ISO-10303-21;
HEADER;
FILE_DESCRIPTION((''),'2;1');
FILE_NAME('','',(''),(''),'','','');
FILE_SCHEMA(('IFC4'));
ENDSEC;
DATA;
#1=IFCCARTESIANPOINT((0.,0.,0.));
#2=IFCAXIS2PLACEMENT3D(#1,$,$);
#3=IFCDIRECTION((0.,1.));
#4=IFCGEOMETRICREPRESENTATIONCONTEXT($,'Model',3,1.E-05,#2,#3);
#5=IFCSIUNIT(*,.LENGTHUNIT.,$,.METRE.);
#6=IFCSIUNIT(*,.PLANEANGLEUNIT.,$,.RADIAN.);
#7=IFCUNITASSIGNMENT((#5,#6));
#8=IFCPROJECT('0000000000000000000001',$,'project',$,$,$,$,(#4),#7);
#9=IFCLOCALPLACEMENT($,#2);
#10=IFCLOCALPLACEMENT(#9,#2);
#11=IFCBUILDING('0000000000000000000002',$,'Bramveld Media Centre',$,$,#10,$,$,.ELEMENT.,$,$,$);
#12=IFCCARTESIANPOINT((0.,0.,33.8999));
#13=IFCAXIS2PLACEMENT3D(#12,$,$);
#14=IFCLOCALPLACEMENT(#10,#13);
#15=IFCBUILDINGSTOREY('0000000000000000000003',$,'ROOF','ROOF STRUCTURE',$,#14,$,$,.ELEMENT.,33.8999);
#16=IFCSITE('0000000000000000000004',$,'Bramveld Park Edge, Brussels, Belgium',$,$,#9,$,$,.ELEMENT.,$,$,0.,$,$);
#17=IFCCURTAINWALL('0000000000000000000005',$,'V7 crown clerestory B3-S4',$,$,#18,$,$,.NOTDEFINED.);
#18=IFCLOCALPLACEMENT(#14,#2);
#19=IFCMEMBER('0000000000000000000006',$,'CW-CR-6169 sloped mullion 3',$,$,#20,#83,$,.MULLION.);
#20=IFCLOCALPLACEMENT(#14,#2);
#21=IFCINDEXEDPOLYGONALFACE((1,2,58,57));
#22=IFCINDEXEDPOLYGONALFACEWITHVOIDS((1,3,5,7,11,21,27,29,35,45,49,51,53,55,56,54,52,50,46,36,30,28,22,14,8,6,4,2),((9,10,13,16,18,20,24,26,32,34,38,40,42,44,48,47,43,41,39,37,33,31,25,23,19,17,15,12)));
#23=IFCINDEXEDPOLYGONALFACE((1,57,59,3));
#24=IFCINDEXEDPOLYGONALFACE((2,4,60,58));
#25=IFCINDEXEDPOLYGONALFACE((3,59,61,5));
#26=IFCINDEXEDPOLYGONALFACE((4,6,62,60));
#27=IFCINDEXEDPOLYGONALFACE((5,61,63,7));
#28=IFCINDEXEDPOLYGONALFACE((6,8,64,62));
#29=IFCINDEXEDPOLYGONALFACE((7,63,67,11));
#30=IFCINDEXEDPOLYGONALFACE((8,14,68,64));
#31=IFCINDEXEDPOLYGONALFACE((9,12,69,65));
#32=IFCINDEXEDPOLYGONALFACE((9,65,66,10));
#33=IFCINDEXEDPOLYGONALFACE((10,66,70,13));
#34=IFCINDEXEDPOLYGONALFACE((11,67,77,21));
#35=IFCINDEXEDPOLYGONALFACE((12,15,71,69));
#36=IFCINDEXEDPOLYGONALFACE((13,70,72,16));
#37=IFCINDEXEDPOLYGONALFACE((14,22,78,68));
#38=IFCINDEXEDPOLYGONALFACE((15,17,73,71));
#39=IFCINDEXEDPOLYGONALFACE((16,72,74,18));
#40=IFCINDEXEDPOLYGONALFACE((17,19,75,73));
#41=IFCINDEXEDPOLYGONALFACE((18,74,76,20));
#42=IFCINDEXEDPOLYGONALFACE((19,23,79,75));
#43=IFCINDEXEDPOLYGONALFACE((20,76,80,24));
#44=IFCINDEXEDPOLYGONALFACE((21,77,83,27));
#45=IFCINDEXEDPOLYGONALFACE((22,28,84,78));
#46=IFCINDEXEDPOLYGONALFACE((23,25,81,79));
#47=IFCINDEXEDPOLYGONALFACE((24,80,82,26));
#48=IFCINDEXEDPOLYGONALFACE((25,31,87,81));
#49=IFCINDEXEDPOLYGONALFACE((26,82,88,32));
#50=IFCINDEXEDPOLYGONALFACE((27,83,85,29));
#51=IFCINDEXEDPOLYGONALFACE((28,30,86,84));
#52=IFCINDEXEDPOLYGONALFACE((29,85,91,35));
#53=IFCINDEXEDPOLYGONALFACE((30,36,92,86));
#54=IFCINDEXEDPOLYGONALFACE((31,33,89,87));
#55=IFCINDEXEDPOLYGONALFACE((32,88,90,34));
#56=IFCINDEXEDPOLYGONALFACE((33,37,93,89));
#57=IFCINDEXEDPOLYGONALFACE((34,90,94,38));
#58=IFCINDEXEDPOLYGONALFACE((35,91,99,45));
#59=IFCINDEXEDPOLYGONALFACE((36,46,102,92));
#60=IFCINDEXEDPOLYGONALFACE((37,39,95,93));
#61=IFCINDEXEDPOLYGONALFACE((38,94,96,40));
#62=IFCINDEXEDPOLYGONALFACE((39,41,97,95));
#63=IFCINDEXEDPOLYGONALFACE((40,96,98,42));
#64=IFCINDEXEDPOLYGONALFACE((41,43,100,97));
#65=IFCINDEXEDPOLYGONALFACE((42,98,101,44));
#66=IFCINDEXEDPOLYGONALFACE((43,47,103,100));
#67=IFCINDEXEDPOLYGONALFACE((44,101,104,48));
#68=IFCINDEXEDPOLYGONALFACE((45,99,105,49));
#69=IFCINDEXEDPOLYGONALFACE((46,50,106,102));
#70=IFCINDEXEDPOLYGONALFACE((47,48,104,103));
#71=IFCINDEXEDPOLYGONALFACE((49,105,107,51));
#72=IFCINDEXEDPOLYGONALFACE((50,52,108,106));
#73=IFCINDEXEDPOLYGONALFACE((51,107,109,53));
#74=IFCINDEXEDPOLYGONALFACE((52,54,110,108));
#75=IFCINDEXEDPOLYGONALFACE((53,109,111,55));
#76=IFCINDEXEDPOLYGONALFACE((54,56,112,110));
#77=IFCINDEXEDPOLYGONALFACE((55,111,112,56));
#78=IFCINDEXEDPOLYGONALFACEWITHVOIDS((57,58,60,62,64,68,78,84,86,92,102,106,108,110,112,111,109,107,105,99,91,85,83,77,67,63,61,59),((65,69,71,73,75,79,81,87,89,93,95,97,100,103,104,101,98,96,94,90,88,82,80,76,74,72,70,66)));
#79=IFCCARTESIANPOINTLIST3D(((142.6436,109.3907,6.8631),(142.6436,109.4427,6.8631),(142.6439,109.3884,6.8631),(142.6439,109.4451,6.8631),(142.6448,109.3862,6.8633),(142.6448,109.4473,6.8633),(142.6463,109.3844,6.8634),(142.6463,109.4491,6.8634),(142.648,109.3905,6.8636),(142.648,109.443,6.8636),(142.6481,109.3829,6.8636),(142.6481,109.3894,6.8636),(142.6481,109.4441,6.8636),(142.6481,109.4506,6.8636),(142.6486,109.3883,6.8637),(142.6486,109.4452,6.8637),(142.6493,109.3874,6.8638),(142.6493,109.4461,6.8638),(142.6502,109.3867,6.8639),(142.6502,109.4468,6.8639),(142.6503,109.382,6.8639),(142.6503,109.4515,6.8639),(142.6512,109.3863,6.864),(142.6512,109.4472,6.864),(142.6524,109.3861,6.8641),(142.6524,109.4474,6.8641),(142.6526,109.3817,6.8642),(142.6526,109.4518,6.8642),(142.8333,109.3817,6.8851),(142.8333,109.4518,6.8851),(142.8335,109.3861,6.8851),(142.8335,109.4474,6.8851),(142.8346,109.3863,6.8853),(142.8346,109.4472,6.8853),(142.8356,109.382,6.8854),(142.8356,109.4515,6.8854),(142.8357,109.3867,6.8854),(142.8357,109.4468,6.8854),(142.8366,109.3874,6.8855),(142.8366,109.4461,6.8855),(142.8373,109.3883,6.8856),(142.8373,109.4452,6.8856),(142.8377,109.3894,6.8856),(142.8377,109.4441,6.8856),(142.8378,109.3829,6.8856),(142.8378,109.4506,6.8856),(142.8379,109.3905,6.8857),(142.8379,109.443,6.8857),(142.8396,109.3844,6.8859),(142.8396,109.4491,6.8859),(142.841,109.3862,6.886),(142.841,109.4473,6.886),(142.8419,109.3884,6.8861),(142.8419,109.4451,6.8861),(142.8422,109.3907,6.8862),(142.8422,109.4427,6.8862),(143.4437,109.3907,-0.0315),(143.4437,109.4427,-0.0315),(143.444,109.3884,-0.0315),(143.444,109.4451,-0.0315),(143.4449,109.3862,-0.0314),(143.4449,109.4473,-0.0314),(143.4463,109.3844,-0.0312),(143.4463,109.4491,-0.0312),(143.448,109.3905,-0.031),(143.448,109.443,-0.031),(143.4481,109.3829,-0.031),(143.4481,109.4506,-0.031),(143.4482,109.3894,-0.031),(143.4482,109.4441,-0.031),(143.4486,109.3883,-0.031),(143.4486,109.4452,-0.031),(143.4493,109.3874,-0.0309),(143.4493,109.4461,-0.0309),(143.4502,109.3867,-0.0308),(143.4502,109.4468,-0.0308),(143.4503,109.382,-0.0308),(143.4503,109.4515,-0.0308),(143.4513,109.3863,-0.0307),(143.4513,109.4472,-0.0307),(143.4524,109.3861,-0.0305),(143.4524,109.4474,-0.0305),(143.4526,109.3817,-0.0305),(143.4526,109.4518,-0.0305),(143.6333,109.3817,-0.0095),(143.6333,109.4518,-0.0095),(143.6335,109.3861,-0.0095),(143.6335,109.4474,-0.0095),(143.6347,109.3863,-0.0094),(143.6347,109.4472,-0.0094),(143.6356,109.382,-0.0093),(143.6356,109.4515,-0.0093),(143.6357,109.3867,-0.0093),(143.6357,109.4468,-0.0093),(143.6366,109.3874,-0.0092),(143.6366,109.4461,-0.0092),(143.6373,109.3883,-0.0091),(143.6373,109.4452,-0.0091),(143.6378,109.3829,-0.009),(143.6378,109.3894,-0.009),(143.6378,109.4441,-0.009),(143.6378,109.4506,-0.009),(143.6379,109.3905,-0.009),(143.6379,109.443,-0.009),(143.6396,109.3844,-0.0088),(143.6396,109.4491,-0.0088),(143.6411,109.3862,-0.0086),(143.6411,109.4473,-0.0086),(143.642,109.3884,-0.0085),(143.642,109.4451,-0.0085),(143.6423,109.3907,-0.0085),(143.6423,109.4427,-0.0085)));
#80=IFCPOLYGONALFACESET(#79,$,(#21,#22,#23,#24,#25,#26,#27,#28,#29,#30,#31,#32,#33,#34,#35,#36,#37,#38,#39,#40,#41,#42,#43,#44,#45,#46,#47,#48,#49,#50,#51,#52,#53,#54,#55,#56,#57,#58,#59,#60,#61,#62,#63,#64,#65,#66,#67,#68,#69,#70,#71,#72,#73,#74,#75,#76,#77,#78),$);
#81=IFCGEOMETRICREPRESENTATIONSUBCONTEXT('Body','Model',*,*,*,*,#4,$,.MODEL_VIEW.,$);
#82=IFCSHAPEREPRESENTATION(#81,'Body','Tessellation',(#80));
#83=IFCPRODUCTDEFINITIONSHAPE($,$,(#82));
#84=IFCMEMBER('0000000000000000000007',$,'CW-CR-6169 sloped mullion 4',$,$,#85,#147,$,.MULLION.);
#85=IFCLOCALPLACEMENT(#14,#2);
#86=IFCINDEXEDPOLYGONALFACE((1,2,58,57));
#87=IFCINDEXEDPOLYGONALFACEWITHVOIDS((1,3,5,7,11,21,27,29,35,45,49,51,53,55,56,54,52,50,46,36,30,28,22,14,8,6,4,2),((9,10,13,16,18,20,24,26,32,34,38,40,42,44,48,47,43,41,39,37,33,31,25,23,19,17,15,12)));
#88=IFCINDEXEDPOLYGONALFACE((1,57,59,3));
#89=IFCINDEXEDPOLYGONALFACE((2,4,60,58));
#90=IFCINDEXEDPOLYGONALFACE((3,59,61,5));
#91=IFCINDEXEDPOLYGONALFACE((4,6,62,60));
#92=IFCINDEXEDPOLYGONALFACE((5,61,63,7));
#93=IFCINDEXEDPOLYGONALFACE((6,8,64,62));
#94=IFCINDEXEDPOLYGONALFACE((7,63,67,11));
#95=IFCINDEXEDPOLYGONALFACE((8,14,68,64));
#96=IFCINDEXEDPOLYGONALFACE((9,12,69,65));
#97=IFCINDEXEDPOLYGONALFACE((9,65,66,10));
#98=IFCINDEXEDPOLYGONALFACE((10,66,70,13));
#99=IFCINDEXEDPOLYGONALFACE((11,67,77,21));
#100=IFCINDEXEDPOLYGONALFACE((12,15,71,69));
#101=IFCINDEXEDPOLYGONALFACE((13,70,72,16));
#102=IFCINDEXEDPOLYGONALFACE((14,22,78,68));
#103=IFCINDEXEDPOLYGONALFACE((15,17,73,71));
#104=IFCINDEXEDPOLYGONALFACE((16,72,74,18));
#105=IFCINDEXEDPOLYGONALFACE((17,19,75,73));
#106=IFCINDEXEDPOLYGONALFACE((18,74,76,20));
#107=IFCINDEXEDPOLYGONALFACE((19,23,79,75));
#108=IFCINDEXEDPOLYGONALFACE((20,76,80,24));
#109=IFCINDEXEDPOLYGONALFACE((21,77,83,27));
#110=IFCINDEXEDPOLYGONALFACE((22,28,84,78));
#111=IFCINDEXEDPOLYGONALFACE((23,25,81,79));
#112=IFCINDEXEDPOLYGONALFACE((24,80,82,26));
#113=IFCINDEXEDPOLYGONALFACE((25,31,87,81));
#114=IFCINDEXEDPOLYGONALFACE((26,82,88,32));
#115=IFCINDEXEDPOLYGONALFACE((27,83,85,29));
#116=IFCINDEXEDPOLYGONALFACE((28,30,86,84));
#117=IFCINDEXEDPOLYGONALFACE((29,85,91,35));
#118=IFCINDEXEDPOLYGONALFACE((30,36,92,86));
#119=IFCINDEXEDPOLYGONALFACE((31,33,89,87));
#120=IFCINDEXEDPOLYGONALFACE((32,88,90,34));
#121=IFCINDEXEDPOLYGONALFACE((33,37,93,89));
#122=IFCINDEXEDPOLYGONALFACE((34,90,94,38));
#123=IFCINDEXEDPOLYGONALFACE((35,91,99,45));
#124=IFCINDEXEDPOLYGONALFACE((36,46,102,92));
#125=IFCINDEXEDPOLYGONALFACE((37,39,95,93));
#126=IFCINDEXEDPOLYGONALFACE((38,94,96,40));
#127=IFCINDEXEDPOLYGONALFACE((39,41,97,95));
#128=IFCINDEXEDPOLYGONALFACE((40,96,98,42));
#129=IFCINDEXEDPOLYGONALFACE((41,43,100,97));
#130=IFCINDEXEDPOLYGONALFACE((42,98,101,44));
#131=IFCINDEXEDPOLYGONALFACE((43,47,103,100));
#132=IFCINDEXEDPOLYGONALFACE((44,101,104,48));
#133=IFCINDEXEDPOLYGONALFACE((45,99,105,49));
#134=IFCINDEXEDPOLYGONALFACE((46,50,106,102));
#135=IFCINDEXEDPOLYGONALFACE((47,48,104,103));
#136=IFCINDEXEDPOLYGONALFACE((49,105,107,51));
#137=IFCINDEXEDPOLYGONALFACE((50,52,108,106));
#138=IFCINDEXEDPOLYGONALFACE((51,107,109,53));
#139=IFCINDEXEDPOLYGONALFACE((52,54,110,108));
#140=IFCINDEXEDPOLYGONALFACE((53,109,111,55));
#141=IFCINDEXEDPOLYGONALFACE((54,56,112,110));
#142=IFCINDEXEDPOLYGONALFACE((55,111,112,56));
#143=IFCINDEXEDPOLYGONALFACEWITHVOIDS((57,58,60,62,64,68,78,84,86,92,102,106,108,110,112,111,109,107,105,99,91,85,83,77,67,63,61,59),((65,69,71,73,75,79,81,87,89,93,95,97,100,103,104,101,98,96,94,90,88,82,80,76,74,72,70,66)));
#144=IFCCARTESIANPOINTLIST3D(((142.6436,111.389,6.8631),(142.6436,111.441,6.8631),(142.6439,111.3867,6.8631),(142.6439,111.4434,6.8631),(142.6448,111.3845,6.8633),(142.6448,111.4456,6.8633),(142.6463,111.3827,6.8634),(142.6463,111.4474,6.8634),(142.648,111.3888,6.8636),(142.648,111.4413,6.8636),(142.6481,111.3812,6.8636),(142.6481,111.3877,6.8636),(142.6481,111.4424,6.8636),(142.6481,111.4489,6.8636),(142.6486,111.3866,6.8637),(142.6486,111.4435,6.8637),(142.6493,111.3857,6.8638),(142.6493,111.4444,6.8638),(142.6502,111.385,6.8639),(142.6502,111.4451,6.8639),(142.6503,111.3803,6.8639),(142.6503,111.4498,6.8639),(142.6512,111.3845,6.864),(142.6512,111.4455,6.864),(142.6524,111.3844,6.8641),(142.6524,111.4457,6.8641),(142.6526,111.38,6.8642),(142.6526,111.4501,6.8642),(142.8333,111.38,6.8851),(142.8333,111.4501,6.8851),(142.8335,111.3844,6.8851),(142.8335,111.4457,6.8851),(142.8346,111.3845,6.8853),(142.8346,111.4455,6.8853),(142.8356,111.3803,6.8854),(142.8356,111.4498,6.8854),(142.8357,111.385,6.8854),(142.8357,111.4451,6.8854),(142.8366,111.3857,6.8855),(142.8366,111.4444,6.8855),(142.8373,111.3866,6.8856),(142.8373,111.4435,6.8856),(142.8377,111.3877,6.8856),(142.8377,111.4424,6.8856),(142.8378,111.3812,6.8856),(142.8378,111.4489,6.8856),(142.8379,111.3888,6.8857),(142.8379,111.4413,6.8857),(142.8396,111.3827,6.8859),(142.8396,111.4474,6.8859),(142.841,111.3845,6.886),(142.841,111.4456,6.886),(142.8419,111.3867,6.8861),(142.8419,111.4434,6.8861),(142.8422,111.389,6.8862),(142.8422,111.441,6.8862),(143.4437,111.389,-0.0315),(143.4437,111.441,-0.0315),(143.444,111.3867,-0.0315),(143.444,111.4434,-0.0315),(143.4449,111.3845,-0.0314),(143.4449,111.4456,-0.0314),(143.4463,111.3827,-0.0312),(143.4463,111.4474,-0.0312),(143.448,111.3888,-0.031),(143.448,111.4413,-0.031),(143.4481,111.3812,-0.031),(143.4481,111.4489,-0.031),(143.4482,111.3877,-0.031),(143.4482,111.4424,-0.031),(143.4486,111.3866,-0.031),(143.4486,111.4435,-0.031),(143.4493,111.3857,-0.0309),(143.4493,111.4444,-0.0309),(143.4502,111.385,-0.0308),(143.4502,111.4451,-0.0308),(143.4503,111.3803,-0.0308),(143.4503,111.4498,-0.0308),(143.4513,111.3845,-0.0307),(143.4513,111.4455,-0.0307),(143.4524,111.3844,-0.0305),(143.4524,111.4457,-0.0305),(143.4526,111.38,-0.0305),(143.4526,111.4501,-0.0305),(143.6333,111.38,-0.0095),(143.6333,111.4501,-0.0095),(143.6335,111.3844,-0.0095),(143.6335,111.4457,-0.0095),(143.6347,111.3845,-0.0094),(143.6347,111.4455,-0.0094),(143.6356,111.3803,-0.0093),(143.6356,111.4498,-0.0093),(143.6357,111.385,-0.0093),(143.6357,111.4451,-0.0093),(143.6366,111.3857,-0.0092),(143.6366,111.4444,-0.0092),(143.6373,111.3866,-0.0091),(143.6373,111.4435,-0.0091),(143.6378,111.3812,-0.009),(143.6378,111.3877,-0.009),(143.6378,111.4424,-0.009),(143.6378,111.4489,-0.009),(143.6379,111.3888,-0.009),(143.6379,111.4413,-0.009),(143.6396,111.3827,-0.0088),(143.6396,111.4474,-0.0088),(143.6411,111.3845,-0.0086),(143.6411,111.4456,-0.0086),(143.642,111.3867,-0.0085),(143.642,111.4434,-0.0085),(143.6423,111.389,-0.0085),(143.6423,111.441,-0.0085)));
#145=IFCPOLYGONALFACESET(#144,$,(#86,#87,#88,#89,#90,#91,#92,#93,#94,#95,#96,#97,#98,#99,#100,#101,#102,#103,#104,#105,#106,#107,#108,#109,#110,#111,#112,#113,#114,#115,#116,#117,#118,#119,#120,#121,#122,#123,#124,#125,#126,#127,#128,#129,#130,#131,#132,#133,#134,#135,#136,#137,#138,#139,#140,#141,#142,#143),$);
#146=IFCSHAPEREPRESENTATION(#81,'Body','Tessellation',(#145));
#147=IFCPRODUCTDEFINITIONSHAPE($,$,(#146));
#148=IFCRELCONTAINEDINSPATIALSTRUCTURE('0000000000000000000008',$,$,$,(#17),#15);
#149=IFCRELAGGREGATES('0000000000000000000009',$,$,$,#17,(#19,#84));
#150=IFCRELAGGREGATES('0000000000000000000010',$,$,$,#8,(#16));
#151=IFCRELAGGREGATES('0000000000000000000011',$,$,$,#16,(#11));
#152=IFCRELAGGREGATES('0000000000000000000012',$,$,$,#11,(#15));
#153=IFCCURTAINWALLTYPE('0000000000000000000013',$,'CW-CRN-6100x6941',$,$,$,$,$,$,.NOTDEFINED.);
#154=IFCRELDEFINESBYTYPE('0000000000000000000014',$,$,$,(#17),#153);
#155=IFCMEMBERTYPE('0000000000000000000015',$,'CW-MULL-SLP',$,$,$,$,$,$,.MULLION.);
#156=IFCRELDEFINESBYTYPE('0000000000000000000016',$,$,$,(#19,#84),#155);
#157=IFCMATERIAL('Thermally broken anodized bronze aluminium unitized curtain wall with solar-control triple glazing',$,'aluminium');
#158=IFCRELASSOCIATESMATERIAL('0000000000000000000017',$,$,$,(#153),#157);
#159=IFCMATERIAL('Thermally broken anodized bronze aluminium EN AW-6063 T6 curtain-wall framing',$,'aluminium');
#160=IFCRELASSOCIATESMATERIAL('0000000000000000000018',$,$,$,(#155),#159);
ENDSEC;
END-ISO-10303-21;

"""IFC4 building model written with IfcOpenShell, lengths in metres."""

from ifc_helpers import new_model, si_unit, direction, frame, origin, origin_2d, place, context, subcontext, project, spatial, hollow_rectangle, extrude, material, material_profile, profile_set, type_object, element, aggregate, save


model = new_model("IFC4")

# Units and contexts
model_context = context("Model", 3, precision=1e-05, world=origin(), true_north=direction((0.0, 1.0)))
body_context = subcontext(model_context, "Body", "Model", "MODEL_VIEW")
ifc_project = project(units=[si_unit("LENGTHUNIT", "METRE"), si_unit("PLANEANGLEUNIT", "RADIAN")], contexts=[model_context])

# Site, building, storey
site_placement = place(None, origin())
site = spatial("IfcSite", under=ifc_project, at=site_placement, Name="Bramveld Park Edge, Brussels, Belgium", CompositionType="ELEMENT", RefElevation=0.0)
building_placement = place(site_placement, origin())
building = spatial("IfcBuilding", under=site, at=building_placement, Name="Bramveld Media Centre", CompositionType="ELEMENT")
storey_placement = place(building_placement, frame((0.0, 0.0, 33.8999)))
storey = spatial("IfcBuildingStorey", under=building, at=storey_placement, Name="ROOF", Description="ROOF STRUCTURE", CompositionType="ELEMENT", Elevation=33.8999)

# Curtain wall, members
ifc_material_1 = material(Name="Thermally broken anodized bronze aluminium unitized curtain wall with solar-control triple glazing", Category="aluminium")
curtain_wall_type = type_object("IfcCurtainWallType", Name="CW-CRN-6100x6941", PredefinedType="NOTDEFINED", material=ifc_material_1)
curtain_wall_1_placement = place(storey_placement, origin())
curtain_wall_1 = element("IfcCurtainWall", 1, at=curtain_wall_1_placement, inside=storey, type_object=curtain_wall_type, Name="V7 crown clerestory B3-S4", PredefinedType="NOTDEFINED")
ifc_material_2 = material(Name="Thermally broken anodized bronze aluminium EN AW-6063 T6 curtain-wall framing", Category="aluminium")
ifc_material_profile_1 = material_profile(ifc_material_2, hollow_rectangle(XDim=0.0701, YDim=0.2, WallThickness=0.0044, InnerFilletRadius=0.0044, OuterFilletRadius=0.009, at=origin_2d()), Name="AL-MULL 70x200")
ifc_profile_set_1 = profile_set([ifc_material_profile_1], Name="Thermally broken anodized bronze aluminium EN AW-6063 T6 curtain-wall framing")
member_type_1 = type_object("IfcMemberType", Name="CW-MULL-SLP", PredefinedType="MULLION", material=ifc_profile_set_1)
member_1_placement = place(storey_placement, frame((143.543, 109.4167, -0.02), z_axis=(-0.115264, 0.0, 0.993335), x_axis=(0.0, -1.0, 0.0)))
member_1 = element("IfcMember", 2, at=member_1_placement, type_object=member_type_1, Name="CW-CR-6169 sloped mullion 3", PredefinedType="MULLION", context=body_context, shape_type="SweptSolid", body=[
    extrude(hollow_rectangle(XDim=0.0701, YDim=0.2, WallThickness=0.0044, InnerFilletRadius=0.0044, OuterFilletRadius=0.009, at=origin_2d()), origin(), (0.0, 0.0, 1.0), 6.9409),
])
member_2_placement = place(storey_placement, frame((143.543, 111.415, -0.02), z_axis=(-0.115264, 0.0, 0.993335), x_axis=(0.0, -1.0, 0.0)))
member_2 = element("IfcMember", 3, at=member_2_placement, type_object=member_type_1, Name="CW-CR-6169 sloped mullion 4", PredefinedType="MULLION", context=body_context, shape_type="SweptSolid", body=[
    extrude(hollow_rectangle(XDim=0.0701, YDim=0.2, WallThickness=0.0044, InnerFilletRadius=0.0044, OuterFilletRadius=0.009, at=origin_2d()), origin(), (0.0, 0.0, 1.0), 6.9409),
])
aggregate(curtain_wall_1, [member_1, member_2])

save(model, "model.ifc")
